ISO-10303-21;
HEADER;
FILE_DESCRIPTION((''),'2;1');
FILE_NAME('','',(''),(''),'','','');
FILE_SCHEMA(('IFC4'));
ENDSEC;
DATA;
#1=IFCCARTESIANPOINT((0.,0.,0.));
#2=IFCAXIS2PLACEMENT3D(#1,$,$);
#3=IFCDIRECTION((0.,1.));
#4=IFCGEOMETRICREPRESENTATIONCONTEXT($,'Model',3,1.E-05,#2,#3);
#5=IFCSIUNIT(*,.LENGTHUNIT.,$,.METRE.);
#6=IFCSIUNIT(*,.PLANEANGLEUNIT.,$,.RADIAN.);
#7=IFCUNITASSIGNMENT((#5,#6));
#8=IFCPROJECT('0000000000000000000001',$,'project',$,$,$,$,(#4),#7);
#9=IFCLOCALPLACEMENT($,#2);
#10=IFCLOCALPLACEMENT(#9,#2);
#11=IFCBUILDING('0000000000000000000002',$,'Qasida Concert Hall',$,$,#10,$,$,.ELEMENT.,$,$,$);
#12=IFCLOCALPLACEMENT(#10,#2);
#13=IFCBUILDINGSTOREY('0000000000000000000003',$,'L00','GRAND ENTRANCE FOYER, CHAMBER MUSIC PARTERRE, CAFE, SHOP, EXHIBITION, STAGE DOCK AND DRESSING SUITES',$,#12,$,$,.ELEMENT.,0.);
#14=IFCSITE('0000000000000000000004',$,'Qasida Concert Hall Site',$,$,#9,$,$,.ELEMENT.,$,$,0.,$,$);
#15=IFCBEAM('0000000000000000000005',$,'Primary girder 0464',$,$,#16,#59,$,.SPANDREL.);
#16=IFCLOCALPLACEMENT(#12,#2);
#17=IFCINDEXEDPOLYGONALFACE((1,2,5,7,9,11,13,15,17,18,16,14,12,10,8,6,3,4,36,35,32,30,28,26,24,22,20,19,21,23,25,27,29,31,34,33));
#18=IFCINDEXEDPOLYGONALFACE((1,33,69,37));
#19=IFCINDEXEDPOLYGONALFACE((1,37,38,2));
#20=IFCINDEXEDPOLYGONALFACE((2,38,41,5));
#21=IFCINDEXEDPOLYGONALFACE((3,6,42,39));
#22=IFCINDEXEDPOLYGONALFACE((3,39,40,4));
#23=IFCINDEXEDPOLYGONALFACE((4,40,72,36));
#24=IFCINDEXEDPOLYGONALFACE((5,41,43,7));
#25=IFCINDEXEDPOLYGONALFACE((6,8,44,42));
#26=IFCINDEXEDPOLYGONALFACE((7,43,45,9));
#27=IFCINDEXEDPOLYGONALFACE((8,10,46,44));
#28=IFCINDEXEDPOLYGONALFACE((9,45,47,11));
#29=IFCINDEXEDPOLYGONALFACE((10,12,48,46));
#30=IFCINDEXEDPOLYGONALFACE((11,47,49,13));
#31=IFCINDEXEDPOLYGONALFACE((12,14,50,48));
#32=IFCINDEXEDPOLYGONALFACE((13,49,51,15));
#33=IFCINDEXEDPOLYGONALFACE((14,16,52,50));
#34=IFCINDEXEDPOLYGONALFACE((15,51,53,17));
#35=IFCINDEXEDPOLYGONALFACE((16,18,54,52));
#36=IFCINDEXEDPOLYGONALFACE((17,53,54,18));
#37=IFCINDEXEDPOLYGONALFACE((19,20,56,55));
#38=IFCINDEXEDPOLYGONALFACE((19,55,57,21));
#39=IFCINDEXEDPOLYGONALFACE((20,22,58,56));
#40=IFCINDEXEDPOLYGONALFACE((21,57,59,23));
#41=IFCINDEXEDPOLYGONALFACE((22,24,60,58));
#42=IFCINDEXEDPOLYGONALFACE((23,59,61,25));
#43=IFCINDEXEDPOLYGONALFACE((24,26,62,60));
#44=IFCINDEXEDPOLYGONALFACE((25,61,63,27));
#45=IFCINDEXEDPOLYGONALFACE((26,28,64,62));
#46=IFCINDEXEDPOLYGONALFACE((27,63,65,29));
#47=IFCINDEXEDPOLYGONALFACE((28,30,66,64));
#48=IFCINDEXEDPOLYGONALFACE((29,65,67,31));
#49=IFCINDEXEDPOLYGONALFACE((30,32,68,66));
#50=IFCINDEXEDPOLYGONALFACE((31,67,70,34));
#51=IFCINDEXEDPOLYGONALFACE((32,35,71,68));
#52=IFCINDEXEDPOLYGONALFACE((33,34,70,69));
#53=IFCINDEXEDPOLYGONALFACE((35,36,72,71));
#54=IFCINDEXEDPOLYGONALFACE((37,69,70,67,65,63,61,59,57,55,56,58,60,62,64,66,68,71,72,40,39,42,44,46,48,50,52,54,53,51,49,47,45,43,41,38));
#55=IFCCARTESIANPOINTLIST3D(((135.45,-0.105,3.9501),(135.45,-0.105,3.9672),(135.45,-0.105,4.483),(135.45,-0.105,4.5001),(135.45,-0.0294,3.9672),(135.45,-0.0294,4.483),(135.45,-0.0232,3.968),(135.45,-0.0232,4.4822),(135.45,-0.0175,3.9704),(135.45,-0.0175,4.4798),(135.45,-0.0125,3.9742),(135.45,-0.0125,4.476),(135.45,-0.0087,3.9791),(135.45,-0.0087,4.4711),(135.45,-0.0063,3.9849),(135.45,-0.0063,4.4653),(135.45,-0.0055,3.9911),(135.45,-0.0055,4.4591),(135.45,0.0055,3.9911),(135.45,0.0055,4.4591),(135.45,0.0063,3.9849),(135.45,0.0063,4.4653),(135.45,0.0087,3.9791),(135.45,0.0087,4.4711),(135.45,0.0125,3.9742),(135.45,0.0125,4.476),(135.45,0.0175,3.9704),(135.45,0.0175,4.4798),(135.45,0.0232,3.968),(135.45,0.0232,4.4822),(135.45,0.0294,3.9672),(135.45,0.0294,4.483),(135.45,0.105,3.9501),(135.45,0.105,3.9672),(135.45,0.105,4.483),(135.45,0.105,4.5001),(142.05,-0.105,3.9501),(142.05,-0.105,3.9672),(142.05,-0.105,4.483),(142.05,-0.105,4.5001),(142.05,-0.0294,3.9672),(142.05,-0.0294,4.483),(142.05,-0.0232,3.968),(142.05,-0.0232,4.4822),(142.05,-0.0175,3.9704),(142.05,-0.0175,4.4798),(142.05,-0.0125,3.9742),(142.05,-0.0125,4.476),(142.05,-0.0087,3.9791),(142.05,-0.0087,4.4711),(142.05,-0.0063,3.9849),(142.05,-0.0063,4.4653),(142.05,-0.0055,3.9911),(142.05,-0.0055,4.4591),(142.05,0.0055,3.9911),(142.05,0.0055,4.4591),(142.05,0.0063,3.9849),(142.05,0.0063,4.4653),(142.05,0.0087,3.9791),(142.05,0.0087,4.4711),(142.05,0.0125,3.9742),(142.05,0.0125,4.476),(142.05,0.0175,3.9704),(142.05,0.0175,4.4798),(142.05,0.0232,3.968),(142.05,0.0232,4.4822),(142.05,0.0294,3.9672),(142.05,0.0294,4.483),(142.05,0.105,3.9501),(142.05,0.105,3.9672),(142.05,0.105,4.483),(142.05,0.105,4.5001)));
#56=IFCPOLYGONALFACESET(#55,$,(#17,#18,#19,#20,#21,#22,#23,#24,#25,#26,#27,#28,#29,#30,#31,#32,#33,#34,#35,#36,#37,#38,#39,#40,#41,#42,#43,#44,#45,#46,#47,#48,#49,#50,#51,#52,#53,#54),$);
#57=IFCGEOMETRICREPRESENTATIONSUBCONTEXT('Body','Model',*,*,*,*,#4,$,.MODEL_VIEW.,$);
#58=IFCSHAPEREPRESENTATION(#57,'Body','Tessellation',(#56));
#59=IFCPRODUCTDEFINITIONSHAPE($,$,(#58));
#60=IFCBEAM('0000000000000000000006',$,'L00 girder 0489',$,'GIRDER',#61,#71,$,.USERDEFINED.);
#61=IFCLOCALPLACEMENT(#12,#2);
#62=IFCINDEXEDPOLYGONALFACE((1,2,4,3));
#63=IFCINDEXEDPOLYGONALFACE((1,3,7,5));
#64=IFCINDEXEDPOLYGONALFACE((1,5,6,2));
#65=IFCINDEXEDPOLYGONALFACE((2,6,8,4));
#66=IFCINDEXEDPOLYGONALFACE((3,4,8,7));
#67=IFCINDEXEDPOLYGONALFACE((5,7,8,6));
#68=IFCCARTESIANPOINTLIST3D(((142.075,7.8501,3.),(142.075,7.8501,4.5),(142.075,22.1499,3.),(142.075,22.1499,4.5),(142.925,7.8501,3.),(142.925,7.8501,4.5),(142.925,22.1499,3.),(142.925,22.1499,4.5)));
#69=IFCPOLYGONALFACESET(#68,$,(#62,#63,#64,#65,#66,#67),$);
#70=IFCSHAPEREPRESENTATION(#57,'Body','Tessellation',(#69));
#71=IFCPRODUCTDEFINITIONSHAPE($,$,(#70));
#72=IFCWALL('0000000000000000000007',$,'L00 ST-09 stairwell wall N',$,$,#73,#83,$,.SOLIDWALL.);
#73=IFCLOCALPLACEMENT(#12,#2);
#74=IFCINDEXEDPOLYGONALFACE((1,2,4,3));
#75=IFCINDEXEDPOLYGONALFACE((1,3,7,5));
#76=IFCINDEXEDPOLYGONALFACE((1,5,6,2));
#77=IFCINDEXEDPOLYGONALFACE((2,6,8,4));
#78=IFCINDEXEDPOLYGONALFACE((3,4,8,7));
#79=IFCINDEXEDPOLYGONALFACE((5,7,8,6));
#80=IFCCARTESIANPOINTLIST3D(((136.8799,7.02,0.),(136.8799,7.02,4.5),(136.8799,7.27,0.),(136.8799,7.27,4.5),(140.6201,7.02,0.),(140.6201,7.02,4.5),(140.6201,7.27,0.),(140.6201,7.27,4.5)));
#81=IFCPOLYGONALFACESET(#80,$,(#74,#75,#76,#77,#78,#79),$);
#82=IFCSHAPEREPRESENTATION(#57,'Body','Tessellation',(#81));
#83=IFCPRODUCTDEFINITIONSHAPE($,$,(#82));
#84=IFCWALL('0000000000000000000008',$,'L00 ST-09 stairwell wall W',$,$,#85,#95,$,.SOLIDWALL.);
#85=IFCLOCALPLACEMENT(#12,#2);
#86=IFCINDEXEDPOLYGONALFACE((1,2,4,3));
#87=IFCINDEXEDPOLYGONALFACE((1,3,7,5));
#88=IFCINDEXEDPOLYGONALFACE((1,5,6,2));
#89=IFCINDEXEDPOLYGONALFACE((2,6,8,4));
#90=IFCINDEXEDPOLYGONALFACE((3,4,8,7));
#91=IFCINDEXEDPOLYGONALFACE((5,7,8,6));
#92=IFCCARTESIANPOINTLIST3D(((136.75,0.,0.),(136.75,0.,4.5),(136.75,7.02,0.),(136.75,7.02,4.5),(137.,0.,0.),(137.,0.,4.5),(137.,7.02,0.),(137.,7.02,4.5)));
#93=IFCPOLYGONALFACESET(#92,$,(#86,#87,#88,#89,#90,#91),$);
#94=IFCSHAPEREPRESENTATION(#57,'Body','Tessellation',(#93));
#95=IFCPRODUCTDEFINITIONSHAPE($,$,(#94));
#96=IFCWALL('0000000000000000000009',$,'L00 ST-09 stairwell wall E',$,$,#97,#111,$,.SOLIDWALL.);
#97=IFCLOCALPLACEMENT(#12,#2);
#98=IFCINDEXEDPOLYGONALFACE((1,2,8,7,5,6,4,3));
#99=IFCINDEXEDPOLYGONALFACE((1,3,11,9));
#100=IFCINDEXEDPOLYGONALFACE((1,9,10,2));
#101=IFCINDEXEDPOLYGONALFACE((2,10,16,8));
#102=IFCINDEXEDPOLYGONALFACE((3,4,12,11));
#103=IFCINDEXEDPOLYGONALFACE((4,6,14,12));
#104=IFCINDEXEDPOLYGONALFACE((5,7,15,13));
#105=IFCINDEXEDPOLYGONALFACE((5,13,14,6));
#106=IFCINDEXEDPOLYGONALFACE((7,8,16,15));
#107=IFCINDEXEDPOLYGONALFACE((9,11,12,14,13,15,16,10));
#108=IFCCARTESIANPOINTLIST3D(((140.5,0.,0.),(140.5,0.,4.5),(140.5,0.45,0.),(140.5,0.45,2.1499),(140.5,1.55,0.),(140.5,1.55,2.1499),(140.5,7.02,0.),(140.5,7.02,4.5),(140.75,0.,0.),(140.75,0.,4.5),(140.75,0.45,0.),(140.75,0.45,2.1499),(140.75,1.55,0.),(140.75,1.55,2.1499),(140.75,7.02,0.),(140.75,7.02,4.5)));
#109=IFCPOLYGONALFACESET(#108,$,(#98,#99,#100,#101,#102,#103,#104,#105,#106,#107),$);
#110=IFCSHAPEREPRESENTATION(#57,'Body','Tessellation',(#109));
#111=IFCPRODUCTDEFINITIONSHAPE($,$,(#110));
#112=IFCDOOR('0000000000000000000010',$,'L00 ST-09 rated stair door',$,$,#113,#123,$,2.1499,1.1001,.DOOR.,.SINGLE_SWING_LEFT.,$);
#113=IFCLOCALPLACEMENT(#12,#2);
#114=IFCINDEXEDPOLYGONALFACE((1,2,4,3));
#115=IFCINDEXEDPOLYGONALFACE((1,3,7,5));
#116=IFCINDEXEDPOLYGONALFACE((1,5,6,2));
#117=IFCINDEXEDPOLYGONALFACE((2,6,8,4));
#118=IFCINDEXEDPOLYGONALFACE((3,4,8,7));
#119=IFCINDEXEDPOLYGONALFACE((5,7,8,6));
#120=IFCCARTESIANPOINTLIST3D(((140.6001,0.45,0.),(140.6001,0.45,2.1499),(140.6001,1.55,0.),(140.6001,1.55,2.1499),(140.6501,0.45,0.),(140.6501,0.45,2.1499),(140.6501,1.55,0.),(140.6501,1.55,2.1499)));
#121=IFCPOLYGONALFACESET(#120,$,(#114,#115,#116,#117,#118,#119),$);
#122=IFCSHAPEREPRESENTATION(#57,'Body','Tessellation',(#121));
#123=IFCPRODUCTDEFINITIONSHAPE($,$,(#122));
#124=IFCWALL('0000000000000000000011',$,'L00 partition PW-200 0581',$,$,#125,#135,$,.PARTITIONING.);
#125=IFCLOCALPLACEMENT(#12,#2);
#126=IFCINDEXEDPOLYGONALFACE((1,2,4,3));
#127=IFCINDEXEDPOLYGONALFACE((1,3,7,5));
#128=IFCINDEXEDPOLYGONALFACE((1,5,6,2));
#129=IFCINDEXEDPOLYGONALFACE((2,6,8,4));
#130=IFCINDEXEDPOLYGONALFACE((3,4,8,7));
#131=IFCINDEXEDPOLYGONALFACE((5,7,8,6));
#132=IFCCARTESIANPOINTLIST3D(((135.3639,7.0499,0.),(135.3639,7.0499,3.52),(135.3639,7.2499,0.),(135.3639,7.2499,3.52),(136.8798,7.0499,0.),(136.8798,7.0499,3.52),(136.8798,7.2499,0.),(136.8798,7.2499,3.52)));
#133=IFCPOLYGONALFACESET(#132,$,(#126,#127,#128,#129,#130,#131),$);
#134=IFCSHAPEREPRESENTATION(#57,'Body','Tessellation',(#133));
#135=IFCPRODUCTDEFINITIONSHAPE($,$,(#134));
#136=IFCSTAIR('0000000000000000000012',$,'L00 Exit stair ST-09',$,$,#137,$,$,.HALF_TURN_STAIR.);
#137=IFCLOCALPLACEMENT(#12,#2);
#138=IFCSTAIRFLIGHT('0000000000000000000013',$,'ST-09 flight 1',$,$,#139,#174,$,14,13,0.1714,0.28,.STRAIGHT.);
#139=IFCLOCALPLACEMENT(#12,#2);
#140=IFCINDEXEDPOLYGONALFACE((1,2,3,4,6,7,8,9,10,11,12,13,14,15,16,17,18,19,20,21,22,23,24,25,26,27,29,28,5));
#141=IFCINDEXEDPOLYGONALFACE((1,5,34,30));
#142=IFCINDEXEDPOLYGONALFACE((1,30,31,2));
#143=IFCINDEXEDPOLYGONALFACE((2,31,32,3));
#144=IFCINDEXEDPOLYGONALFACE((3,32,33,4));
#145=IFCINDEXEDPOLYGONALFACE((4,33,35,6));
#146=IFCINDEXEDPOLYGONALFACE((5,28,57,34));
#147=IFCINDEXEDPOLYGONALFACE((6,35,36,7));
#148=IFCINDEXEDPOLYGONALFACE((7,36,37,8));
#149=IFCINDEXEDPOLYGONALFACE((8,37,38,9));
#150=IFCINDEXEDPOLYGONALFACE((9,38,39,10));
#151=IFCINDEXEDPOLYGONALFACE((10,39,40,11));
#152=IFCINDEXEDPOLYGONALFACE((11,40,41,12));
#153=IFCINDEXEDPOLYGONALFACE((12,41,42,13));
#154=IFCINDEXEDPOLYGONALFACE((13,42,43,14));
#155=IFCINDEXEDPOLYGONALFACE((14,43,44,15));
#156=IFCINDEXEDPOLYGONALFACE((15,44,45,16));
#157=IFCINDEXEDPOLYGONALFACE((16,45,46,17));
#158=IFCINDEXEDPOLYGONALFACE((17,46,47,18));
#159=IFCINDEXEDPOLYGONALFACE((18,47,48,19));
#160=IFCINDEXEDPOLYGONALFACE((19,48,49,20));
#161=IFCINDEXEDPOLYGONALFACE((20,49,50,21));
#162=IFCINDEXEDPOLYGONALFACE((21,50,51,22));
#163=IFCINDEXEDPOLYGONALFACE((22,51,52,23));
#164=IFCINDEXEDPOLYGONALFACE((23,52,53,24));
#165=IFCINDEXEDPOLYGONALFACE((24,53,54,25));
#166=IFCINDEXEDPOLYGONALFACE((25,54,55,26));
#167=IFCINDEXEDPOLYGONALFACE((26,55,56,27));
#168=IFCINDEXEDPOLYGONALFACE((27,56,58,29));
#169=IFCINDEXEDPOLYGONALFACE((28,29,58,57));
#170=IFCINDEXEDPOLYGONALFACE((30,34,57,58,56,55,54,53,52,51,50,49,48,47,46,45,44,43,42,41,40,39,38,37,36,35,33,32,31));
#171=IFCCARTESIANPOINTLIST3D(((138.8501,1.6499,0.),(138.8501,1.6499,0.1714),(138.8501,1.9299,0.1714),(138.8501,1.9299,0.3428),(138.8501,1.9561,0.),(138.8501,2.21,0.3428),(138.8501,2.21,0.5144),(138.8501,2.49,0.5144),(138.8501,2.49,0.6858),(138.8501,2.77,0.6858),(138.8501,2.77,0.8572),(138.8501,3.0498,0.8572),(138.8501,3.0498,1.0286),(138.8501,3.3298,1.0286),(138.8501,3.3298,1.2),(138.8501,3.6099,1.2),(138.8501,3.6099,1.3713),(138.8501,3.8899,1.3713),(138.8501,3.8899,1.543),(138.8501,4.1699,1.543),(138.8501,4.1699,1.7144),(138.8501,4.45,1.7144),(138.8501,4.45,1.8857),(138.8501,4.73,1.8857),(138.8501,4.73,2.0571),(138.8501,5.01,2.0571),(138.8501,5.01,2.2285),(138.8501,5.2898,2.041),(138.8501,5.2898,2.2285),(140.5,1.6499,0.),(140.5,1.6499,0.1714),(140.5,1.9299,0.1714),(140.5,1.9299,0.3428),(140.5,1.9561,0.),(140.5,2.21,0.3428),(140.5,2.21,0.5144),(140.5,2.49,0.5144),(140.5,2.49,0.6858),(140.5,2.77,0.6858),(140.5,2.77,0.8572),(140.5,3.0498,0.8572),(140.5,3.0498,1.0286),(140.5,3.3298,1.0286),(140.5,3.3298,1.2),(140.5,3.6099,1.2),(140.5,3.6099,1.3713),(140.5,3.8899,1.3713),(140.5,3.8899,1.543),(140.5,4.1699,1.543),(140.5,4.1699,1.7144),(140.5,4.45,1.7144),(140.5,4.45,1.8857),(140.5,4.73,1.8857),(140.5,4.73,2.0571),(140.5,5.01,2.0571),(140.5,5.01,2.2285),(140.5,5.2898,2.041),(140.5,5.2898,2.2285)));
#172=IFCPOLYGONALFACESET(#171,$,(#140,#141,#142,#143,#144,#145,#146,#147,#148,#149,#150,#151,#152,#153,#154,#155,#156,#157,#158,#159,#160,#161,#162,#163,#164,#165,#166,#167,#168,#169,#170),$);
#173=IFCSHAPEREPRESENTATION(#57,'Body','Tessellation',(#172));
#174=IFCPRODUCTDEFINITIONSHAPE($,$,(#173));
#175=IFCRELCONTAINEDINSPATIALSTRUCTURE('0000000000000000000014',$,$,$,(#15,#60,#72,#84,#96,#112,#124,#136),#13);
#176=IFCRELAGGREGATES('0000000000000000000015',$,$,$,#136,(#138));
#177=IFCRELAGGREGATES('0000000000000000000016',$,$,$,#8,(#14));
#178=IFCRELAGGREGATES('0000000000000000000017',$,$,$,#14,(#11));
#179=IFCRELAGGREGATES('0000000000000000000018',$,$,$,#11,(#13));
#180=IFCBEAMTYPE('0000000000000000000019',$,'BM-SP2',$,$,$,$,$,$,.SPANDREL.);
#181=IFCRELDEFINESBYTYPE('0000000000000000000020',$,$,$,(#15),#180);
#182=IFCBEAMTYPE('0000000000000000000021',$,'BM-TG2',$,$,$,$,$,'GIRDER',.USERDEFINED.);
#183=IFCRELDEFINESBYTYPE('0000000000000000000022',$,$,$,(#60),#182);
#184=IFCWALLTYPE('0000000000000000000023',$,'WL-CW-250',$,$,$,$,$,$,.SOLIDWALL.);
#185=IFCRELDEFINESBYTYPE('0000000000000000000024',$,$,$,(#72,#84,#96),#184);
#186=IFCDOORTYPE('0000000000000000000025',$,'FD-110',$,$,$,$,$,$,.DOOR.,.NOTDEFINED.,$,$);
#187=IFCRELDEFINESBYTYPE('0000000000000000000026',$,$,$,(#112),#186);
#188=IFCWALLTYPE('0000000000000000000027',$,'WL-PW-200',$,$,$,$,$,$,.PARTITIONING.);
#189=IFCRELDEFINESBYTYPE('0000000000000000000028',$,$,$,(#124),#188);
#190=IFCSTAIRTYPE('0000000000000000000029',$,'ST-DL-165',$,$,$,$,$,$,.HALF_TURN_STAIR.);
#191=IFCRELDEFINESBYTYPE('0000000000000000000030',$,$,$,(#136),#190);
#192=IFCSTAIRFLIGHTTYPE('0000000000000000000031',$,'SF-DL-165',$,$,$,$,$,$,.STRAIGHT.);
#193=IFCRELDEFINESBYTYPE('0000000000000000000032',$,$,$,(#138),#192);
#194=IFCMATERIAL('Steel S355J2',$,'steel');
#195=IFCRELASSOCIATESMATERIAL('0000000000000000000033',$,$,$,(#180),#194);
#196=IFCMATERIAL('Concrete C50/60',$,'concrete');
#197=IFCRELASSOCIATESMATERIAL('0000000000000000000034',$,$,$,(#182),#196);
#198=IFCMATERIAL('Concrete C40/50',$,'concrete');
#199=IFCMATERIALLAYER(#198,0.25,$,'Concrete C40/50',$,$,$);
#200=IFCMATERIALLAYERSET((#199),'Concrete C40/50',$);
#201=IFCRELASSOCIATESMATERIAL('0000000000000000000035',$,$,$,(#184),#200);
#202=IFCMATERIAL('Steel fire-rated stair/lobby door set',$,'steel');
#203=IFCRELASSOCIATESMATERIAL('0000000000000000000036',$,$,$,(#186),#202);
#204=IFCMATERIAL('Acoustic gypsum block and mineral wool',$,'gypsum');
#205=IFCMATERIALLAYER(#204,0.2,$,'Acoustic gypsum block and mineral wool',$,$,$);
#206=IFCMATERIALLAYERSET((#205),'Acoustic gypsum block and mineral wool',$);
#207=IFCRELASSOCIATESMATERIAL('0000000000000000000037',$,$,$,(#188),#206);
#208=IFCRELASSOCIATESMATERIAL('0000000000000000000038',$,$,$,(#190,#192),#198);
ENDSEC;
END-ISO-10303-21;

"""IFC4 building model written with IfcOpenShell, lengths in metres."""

from ifc_helpers import new_model, si_unit, direction, frame, frame_2d, origin, origin_2d, place, context, subcontext, project, spatial, polyline, rectangle, i_section, outline, extrude, material, layer, layer_set, material_profile, profile_set, type_object, element, fill, aggregate, save


model = new_model("IFC4")

# Units and contexts
model_context = context("Model", 3, precision=1e-05, world=origin(), true_north=direction((0.0, 1.0)))
body_context = subcontext(model_context, "Body", "Model", "MODEL_VIEW")
ifc_project = project(units=[si_unit("LENGTHUNIT", "METRE"), si_unit("PLANEANGLEUNIT", "RADIAN")], contexts=[model_context])

# Site, building, storey
site_placement = place(None, origin())
site = spatial("IfcSite", under=ifc_project, at=site_placement, Name="Qasida Concert Hall Site", CompositionType="ELEMENT", RefElevation=0.0)
building_placement = place(site_placement, origin())
building = spatial("IfcBuilding", under=site, at=building_placement, Name="Qasida Concert Hall", CompositionType="ELEMENT")
storey_placement = place(building_placement, origin())
storey = spatial("IfcBuildingStorey", under=building, at=storey_placement, Name="L00", Description="GRAND ENTRANCE FOYER, CHAMBER MUSIC PARTERRE, CAFE, SHOP, EXHIBITION, STAGE DOCK AND DRESSING SUITES", CompositionType="ELEMENT", Elevation=0.0)

# Shared definitions
ifc_material_1 = material(Name="Concrete C50/60", Category="concrete")

# Beams
ifc_material_2 = material(Name="Concrete C40/50", Category="concrete")
ifc_material_3 = material(Name="Steel S355J2", Category="steel")
ifc_material_profile_1 = material_profile(ifc_material_3, i_section(OverallWidth=0.21, OverallDepth=0.55, WebThickness=0.011, FlangeThickness=0.0171, FilletRadius=0.0239, at=origin_2d()), Name="IPE 550")
ifc_profile_set_1 = profile_set([ifc_material_profile_1], Name="Steel S355J2")
beam_type_1 = type_object("IfcBeamType", Name="BM-SP2", PredefinedType="SPANDREL", material=ifc_profile_set_1)
beam_1_placement = place(storey_placement, frame((135.45, 0.0, 4.2251), z_axis=(1.0, 0.0, 0.0), x_axis=(0.0, 1.0, 0.0)))
element("IfcBeam", 1, at=beam_1_placement, inside=storey, type_object=beam_type_1, Name="Primary girder 0464", PredefinedType="SPANDREL", context=body_context, shape_type="SweptSolid", body=[
    extrude(i_section(OverallWidth=0.21, OverallDepth=0.55, WebThickness=0.011, FlangeThickness=0.0171, FilletRadius=0.0239, at=origin_2d()), origin(), (0.0, 0.0, 1.0), 6.6001),
])
ifc_material_profile_2 = material_profile(ifc_material_1, rectangle(XDim=0.8501, YDim=1.5, at=origin_2d()), Name="RC 850x1500")
ifc_profile_set_2 = profile_set([ifc_material_profile_2], Name="Concrete C50/60")
beam_type_2 = type_object("IfcBeamType", Name="BM-TG2", ElementType="GIRDER", PredefinedType="USERDEFINED", material=ifc_profile_set_2)
beam_2_placement = place(storey_placement, frame((142.5, 7.8501, 3.75), z_axis=(0.0, 1.0, 0.0), x_axis=(-1.0, 0.0, 0.0)))
element("IfcBeam", 2, at=beam_2_placement, inside=storey, type_object=beam_type_2, Name="L00 girder 0489", ObjectType="GIRDER", PredefinedType="USERDEFINED", context=body_context, shape_type="SweptSolid", body=[
    extrude(rectangle(XDim=0.8501, YDim=1.5, at=origin_2d()), origin(), (0.0, 0.0, 1.0), 14.2998),
])

# Walls
ifc_layer_1 = layer(ifc_material_2, 0.25, Name="Concrete C40/50")
ifc_layer_set_1 = layer_set([ifc_layer_1], Name="Concrete C40/50")
wall_type_1 = type_object("IfcWallType", Name="WL-CW-250", PredefinedType="SOLIDWALL", material=ifc_layer_set_1)
wall_1_placement = place(storey_placement, frame((136.8799, 7.145, 0.0), z_axis=(0.0, 0.0, 1.0), x_axis=(1.0, 0.0, 0.0)))
element("IfcWall", 3, at=wall_1_placement, inside=storey, type_object=wall_type_1, Name="L00 ST-09 stairwell wall N", PredefinedType="SOLIDWALL", context=body_context, shape_type="SweptSolid", body=[
    extrude(rectangle(XDim=3.7402, YDim=0.25, at=frame_2d((1.8701, 0.0))), origin(), (0.0, 0.0, 1.0), 4.5),
])
wall_2_placement = place(storey_placement, frame((136.875, 0.0, 0.0), z_axis=(0.0, 0.0, 1.0), x_axis=(0.0, 1.0, 0.0)))
element("IfcWall", 4, at=wall_2_placement, inside=storey, type_object=wall_type_1, Name="L00 ST-09 stairwell wall W", PredefinedType="SOLIDWALL", context=body_context, shape_type="SweptSolid", body=[
    extrude(rectangle(XDim=7.02, YDim=0.25, at=frame_2d((3.51, 0.0))), origin(), (0.0, 0.0, 1.0), 4.5),
])

# Wall, opening, door
wall_3_placement = place(storey_placement, frame((140.625, 0.0, 0.0), z_axis=(0.0, 0.0, 1.0), x_axis=(0.0, 1.0, 0.0)))
wall_3 = element("IfcWall", 5, at=wall_3_placement, inside=storey, type_object=wall_type_1, Name="L00 ST-09 stairwell wall E", PredefinedType="SOLIDWALL", context=body_context, shape_type="SweptSolid", body=[
    extrude(rectangle(XDim=7.02, YDim=0.25, at=frame_2d((3.51, 0.0))), origin(), (0.0, 0.0, 1.0), 4.5),
])
opening_1_placement = place(wall_3_placement, frame((0.45, 0.0, 0.0)))
opening_1 = element("IfcOpeningElement", 6, at=opening_1_placement, cuts=wall_3, PredefinedType="OPENING", context=body_context, shape_type="SweptSolid", body=[
    extrude(rectangle(XDim=1.1001, YDim=2.1499, at=frame_2d((0.55, 1.075))), frame((0.0, 0.135, 0.0), z_axis=(0.0, -1.0, 0.0), x_axis=(1.0, 0.0, 0.0)), (0.0, 0.0, 1.0), 0.27),
])
ifc_material_4 = material(Name="Steel fire-rated stair/lobby door set", Category="steel")
door_type_1 = type_object("IfcDoorType", Name="FD-110", OperationType="NOTDEFINED", PredefinedType="DOOR", material=ifc_material_4)
door_1_placement = place(opening_1_placement, origin())
door_1 = element("IfcDoor", 7, at=door_1_placement, inside=storey, type_object=door_type_1, Name="L00 ST-09 rated stair door", OperationType="SINGLE_SWING_LEFT", OverallHeight=2.1499, OverallWidth=1.1001, PredefinedType="DOOR", context=body_context, shape_type="SweptSolid", body=[
    extrude(rectangle(XDim=1.1001, YDim=2.1499, at=frame_2d((0.55, 1.075))), frame((0.0, 0.0249, 0.0), z_axis=(0.0, -1.0, 0.0), x_axis=(1.0, 0.0, 0.0)), (0.0, 0.0, 1.0), 0.05),
])
fill(opening_1, door_1)

# Wall
ifc_material_5 = material(Name="Acoustic gypsum block and mineral wool", Category="gypsum")
ifc_layer_2 = layer(ifc_material_5, 0.2, Name="Acoustic gypsum block and mineral wool")
ifc_layer_set_2 = layer_set([ifc_layer_2], Name="Acoustic gypsum block and mineral wool")
wall_type_2 = type_object("IfcWallType", Name="WL-PW-200", PredefinedType="PARTITIONING", material=ifc_layer_set_2)
wall_4_placement = place(storey_placement, frame((135.364, 7.1499, 0.0), z_axis=(0.0, 0.0, 1.0), x_axis=(1.0, 0.0, 0.0)))
element("IfcWall", 8, at=wall_4_placement, inside=storey, type_object=wall_type_2, Name="L00 partition PW-200 0581", PredefinedType="PARTITIONING", context=body_context, shape_type="SweptSolid", body=[
    extrude(rectangle(XDim=1.5159, YDim=0.2, at=frame_2d((0.7578, 0.0))), origin(), (0.0, 0.0, 1.0), 3.52),
])

# Stair, stair flight
stair_type = type_object("IfcStairType", Name="ST-DL-165", PredefinedType="HALF_TURN_STAIR", material=ifc_material_2)
stair_placement = place(storey_placement, origin())
stair = element("IfcStair", 9, at=stair_placement, inside=storey, type_object=stair_type, Name="L00 Exit stair ST-09", PredefinedType="HALF_TURN_STAIR")
stair_flight_type = type_object("IfcStairFlightType", Name="SF-DL-165", PredefinedType="STRAIGHT", material=ifc_material_2)
stair_flight_1_placement = place(storey_placement, frame((139.675, 1.6499, 0.0), z_axis=(0.0, 0.0, 1.0), x_axis=(0.0, 1.0, 0.0)))
stair_flight_1 = element("IfcStairFlight", 10, at=stair_flight_1_placement, type_object=stair_flight_type, Name="ST-09 flight 1", NumberOfRisers=14, NumberOfTreads=13, PredefinedType="STRAIGHT", RiserHeight=0.1714, TreadLength=0.28, context=body_context, shape_type="SweptSolid", body=[
    extrude(outline(polyline([(0.0, 0.0), (0.0, 0.1714), (0.28, 0.1714), (0.28, 0.3428), (0.5601, 0.3428), (0.5601, 0.5144), (0.8401, 0.5144), (0.8401, 0.6858), (1.1201, 0.6858), (1.1201, 0.8572), (1.3999, 0.8572), (1.3999, 1.0286), (1.6799, 1.0286), (1.6799, 1.2), (1.96, 1.2), (1.96, 1.3713), (2.24, 1.3713), (2.24, 1.543), (2.52, 1.543), (2.52, 1.7144), (2.8, 1.7144), (2.8, 1.8857), (3.0801, 1.8857), (3.0801, 2.0571), (3.3601, 2.0571), (3.3601, 2.2285), (3.6399, 2.2285), (3.6399, 2.3999), (3.6399, 2.041), (0.3062, 0.0), (0.0, 0.0)])), frame((0.0, 0.825, 0.0), z_axis=(0.0, -1.0, 0.0), x_axis=(1.0, 0.0, 0.0)), (0.0, 0.0, 1.0), 1.6499),
])
aggregate(stair, [stair_flight_1])

save(model, "model.ifc")
